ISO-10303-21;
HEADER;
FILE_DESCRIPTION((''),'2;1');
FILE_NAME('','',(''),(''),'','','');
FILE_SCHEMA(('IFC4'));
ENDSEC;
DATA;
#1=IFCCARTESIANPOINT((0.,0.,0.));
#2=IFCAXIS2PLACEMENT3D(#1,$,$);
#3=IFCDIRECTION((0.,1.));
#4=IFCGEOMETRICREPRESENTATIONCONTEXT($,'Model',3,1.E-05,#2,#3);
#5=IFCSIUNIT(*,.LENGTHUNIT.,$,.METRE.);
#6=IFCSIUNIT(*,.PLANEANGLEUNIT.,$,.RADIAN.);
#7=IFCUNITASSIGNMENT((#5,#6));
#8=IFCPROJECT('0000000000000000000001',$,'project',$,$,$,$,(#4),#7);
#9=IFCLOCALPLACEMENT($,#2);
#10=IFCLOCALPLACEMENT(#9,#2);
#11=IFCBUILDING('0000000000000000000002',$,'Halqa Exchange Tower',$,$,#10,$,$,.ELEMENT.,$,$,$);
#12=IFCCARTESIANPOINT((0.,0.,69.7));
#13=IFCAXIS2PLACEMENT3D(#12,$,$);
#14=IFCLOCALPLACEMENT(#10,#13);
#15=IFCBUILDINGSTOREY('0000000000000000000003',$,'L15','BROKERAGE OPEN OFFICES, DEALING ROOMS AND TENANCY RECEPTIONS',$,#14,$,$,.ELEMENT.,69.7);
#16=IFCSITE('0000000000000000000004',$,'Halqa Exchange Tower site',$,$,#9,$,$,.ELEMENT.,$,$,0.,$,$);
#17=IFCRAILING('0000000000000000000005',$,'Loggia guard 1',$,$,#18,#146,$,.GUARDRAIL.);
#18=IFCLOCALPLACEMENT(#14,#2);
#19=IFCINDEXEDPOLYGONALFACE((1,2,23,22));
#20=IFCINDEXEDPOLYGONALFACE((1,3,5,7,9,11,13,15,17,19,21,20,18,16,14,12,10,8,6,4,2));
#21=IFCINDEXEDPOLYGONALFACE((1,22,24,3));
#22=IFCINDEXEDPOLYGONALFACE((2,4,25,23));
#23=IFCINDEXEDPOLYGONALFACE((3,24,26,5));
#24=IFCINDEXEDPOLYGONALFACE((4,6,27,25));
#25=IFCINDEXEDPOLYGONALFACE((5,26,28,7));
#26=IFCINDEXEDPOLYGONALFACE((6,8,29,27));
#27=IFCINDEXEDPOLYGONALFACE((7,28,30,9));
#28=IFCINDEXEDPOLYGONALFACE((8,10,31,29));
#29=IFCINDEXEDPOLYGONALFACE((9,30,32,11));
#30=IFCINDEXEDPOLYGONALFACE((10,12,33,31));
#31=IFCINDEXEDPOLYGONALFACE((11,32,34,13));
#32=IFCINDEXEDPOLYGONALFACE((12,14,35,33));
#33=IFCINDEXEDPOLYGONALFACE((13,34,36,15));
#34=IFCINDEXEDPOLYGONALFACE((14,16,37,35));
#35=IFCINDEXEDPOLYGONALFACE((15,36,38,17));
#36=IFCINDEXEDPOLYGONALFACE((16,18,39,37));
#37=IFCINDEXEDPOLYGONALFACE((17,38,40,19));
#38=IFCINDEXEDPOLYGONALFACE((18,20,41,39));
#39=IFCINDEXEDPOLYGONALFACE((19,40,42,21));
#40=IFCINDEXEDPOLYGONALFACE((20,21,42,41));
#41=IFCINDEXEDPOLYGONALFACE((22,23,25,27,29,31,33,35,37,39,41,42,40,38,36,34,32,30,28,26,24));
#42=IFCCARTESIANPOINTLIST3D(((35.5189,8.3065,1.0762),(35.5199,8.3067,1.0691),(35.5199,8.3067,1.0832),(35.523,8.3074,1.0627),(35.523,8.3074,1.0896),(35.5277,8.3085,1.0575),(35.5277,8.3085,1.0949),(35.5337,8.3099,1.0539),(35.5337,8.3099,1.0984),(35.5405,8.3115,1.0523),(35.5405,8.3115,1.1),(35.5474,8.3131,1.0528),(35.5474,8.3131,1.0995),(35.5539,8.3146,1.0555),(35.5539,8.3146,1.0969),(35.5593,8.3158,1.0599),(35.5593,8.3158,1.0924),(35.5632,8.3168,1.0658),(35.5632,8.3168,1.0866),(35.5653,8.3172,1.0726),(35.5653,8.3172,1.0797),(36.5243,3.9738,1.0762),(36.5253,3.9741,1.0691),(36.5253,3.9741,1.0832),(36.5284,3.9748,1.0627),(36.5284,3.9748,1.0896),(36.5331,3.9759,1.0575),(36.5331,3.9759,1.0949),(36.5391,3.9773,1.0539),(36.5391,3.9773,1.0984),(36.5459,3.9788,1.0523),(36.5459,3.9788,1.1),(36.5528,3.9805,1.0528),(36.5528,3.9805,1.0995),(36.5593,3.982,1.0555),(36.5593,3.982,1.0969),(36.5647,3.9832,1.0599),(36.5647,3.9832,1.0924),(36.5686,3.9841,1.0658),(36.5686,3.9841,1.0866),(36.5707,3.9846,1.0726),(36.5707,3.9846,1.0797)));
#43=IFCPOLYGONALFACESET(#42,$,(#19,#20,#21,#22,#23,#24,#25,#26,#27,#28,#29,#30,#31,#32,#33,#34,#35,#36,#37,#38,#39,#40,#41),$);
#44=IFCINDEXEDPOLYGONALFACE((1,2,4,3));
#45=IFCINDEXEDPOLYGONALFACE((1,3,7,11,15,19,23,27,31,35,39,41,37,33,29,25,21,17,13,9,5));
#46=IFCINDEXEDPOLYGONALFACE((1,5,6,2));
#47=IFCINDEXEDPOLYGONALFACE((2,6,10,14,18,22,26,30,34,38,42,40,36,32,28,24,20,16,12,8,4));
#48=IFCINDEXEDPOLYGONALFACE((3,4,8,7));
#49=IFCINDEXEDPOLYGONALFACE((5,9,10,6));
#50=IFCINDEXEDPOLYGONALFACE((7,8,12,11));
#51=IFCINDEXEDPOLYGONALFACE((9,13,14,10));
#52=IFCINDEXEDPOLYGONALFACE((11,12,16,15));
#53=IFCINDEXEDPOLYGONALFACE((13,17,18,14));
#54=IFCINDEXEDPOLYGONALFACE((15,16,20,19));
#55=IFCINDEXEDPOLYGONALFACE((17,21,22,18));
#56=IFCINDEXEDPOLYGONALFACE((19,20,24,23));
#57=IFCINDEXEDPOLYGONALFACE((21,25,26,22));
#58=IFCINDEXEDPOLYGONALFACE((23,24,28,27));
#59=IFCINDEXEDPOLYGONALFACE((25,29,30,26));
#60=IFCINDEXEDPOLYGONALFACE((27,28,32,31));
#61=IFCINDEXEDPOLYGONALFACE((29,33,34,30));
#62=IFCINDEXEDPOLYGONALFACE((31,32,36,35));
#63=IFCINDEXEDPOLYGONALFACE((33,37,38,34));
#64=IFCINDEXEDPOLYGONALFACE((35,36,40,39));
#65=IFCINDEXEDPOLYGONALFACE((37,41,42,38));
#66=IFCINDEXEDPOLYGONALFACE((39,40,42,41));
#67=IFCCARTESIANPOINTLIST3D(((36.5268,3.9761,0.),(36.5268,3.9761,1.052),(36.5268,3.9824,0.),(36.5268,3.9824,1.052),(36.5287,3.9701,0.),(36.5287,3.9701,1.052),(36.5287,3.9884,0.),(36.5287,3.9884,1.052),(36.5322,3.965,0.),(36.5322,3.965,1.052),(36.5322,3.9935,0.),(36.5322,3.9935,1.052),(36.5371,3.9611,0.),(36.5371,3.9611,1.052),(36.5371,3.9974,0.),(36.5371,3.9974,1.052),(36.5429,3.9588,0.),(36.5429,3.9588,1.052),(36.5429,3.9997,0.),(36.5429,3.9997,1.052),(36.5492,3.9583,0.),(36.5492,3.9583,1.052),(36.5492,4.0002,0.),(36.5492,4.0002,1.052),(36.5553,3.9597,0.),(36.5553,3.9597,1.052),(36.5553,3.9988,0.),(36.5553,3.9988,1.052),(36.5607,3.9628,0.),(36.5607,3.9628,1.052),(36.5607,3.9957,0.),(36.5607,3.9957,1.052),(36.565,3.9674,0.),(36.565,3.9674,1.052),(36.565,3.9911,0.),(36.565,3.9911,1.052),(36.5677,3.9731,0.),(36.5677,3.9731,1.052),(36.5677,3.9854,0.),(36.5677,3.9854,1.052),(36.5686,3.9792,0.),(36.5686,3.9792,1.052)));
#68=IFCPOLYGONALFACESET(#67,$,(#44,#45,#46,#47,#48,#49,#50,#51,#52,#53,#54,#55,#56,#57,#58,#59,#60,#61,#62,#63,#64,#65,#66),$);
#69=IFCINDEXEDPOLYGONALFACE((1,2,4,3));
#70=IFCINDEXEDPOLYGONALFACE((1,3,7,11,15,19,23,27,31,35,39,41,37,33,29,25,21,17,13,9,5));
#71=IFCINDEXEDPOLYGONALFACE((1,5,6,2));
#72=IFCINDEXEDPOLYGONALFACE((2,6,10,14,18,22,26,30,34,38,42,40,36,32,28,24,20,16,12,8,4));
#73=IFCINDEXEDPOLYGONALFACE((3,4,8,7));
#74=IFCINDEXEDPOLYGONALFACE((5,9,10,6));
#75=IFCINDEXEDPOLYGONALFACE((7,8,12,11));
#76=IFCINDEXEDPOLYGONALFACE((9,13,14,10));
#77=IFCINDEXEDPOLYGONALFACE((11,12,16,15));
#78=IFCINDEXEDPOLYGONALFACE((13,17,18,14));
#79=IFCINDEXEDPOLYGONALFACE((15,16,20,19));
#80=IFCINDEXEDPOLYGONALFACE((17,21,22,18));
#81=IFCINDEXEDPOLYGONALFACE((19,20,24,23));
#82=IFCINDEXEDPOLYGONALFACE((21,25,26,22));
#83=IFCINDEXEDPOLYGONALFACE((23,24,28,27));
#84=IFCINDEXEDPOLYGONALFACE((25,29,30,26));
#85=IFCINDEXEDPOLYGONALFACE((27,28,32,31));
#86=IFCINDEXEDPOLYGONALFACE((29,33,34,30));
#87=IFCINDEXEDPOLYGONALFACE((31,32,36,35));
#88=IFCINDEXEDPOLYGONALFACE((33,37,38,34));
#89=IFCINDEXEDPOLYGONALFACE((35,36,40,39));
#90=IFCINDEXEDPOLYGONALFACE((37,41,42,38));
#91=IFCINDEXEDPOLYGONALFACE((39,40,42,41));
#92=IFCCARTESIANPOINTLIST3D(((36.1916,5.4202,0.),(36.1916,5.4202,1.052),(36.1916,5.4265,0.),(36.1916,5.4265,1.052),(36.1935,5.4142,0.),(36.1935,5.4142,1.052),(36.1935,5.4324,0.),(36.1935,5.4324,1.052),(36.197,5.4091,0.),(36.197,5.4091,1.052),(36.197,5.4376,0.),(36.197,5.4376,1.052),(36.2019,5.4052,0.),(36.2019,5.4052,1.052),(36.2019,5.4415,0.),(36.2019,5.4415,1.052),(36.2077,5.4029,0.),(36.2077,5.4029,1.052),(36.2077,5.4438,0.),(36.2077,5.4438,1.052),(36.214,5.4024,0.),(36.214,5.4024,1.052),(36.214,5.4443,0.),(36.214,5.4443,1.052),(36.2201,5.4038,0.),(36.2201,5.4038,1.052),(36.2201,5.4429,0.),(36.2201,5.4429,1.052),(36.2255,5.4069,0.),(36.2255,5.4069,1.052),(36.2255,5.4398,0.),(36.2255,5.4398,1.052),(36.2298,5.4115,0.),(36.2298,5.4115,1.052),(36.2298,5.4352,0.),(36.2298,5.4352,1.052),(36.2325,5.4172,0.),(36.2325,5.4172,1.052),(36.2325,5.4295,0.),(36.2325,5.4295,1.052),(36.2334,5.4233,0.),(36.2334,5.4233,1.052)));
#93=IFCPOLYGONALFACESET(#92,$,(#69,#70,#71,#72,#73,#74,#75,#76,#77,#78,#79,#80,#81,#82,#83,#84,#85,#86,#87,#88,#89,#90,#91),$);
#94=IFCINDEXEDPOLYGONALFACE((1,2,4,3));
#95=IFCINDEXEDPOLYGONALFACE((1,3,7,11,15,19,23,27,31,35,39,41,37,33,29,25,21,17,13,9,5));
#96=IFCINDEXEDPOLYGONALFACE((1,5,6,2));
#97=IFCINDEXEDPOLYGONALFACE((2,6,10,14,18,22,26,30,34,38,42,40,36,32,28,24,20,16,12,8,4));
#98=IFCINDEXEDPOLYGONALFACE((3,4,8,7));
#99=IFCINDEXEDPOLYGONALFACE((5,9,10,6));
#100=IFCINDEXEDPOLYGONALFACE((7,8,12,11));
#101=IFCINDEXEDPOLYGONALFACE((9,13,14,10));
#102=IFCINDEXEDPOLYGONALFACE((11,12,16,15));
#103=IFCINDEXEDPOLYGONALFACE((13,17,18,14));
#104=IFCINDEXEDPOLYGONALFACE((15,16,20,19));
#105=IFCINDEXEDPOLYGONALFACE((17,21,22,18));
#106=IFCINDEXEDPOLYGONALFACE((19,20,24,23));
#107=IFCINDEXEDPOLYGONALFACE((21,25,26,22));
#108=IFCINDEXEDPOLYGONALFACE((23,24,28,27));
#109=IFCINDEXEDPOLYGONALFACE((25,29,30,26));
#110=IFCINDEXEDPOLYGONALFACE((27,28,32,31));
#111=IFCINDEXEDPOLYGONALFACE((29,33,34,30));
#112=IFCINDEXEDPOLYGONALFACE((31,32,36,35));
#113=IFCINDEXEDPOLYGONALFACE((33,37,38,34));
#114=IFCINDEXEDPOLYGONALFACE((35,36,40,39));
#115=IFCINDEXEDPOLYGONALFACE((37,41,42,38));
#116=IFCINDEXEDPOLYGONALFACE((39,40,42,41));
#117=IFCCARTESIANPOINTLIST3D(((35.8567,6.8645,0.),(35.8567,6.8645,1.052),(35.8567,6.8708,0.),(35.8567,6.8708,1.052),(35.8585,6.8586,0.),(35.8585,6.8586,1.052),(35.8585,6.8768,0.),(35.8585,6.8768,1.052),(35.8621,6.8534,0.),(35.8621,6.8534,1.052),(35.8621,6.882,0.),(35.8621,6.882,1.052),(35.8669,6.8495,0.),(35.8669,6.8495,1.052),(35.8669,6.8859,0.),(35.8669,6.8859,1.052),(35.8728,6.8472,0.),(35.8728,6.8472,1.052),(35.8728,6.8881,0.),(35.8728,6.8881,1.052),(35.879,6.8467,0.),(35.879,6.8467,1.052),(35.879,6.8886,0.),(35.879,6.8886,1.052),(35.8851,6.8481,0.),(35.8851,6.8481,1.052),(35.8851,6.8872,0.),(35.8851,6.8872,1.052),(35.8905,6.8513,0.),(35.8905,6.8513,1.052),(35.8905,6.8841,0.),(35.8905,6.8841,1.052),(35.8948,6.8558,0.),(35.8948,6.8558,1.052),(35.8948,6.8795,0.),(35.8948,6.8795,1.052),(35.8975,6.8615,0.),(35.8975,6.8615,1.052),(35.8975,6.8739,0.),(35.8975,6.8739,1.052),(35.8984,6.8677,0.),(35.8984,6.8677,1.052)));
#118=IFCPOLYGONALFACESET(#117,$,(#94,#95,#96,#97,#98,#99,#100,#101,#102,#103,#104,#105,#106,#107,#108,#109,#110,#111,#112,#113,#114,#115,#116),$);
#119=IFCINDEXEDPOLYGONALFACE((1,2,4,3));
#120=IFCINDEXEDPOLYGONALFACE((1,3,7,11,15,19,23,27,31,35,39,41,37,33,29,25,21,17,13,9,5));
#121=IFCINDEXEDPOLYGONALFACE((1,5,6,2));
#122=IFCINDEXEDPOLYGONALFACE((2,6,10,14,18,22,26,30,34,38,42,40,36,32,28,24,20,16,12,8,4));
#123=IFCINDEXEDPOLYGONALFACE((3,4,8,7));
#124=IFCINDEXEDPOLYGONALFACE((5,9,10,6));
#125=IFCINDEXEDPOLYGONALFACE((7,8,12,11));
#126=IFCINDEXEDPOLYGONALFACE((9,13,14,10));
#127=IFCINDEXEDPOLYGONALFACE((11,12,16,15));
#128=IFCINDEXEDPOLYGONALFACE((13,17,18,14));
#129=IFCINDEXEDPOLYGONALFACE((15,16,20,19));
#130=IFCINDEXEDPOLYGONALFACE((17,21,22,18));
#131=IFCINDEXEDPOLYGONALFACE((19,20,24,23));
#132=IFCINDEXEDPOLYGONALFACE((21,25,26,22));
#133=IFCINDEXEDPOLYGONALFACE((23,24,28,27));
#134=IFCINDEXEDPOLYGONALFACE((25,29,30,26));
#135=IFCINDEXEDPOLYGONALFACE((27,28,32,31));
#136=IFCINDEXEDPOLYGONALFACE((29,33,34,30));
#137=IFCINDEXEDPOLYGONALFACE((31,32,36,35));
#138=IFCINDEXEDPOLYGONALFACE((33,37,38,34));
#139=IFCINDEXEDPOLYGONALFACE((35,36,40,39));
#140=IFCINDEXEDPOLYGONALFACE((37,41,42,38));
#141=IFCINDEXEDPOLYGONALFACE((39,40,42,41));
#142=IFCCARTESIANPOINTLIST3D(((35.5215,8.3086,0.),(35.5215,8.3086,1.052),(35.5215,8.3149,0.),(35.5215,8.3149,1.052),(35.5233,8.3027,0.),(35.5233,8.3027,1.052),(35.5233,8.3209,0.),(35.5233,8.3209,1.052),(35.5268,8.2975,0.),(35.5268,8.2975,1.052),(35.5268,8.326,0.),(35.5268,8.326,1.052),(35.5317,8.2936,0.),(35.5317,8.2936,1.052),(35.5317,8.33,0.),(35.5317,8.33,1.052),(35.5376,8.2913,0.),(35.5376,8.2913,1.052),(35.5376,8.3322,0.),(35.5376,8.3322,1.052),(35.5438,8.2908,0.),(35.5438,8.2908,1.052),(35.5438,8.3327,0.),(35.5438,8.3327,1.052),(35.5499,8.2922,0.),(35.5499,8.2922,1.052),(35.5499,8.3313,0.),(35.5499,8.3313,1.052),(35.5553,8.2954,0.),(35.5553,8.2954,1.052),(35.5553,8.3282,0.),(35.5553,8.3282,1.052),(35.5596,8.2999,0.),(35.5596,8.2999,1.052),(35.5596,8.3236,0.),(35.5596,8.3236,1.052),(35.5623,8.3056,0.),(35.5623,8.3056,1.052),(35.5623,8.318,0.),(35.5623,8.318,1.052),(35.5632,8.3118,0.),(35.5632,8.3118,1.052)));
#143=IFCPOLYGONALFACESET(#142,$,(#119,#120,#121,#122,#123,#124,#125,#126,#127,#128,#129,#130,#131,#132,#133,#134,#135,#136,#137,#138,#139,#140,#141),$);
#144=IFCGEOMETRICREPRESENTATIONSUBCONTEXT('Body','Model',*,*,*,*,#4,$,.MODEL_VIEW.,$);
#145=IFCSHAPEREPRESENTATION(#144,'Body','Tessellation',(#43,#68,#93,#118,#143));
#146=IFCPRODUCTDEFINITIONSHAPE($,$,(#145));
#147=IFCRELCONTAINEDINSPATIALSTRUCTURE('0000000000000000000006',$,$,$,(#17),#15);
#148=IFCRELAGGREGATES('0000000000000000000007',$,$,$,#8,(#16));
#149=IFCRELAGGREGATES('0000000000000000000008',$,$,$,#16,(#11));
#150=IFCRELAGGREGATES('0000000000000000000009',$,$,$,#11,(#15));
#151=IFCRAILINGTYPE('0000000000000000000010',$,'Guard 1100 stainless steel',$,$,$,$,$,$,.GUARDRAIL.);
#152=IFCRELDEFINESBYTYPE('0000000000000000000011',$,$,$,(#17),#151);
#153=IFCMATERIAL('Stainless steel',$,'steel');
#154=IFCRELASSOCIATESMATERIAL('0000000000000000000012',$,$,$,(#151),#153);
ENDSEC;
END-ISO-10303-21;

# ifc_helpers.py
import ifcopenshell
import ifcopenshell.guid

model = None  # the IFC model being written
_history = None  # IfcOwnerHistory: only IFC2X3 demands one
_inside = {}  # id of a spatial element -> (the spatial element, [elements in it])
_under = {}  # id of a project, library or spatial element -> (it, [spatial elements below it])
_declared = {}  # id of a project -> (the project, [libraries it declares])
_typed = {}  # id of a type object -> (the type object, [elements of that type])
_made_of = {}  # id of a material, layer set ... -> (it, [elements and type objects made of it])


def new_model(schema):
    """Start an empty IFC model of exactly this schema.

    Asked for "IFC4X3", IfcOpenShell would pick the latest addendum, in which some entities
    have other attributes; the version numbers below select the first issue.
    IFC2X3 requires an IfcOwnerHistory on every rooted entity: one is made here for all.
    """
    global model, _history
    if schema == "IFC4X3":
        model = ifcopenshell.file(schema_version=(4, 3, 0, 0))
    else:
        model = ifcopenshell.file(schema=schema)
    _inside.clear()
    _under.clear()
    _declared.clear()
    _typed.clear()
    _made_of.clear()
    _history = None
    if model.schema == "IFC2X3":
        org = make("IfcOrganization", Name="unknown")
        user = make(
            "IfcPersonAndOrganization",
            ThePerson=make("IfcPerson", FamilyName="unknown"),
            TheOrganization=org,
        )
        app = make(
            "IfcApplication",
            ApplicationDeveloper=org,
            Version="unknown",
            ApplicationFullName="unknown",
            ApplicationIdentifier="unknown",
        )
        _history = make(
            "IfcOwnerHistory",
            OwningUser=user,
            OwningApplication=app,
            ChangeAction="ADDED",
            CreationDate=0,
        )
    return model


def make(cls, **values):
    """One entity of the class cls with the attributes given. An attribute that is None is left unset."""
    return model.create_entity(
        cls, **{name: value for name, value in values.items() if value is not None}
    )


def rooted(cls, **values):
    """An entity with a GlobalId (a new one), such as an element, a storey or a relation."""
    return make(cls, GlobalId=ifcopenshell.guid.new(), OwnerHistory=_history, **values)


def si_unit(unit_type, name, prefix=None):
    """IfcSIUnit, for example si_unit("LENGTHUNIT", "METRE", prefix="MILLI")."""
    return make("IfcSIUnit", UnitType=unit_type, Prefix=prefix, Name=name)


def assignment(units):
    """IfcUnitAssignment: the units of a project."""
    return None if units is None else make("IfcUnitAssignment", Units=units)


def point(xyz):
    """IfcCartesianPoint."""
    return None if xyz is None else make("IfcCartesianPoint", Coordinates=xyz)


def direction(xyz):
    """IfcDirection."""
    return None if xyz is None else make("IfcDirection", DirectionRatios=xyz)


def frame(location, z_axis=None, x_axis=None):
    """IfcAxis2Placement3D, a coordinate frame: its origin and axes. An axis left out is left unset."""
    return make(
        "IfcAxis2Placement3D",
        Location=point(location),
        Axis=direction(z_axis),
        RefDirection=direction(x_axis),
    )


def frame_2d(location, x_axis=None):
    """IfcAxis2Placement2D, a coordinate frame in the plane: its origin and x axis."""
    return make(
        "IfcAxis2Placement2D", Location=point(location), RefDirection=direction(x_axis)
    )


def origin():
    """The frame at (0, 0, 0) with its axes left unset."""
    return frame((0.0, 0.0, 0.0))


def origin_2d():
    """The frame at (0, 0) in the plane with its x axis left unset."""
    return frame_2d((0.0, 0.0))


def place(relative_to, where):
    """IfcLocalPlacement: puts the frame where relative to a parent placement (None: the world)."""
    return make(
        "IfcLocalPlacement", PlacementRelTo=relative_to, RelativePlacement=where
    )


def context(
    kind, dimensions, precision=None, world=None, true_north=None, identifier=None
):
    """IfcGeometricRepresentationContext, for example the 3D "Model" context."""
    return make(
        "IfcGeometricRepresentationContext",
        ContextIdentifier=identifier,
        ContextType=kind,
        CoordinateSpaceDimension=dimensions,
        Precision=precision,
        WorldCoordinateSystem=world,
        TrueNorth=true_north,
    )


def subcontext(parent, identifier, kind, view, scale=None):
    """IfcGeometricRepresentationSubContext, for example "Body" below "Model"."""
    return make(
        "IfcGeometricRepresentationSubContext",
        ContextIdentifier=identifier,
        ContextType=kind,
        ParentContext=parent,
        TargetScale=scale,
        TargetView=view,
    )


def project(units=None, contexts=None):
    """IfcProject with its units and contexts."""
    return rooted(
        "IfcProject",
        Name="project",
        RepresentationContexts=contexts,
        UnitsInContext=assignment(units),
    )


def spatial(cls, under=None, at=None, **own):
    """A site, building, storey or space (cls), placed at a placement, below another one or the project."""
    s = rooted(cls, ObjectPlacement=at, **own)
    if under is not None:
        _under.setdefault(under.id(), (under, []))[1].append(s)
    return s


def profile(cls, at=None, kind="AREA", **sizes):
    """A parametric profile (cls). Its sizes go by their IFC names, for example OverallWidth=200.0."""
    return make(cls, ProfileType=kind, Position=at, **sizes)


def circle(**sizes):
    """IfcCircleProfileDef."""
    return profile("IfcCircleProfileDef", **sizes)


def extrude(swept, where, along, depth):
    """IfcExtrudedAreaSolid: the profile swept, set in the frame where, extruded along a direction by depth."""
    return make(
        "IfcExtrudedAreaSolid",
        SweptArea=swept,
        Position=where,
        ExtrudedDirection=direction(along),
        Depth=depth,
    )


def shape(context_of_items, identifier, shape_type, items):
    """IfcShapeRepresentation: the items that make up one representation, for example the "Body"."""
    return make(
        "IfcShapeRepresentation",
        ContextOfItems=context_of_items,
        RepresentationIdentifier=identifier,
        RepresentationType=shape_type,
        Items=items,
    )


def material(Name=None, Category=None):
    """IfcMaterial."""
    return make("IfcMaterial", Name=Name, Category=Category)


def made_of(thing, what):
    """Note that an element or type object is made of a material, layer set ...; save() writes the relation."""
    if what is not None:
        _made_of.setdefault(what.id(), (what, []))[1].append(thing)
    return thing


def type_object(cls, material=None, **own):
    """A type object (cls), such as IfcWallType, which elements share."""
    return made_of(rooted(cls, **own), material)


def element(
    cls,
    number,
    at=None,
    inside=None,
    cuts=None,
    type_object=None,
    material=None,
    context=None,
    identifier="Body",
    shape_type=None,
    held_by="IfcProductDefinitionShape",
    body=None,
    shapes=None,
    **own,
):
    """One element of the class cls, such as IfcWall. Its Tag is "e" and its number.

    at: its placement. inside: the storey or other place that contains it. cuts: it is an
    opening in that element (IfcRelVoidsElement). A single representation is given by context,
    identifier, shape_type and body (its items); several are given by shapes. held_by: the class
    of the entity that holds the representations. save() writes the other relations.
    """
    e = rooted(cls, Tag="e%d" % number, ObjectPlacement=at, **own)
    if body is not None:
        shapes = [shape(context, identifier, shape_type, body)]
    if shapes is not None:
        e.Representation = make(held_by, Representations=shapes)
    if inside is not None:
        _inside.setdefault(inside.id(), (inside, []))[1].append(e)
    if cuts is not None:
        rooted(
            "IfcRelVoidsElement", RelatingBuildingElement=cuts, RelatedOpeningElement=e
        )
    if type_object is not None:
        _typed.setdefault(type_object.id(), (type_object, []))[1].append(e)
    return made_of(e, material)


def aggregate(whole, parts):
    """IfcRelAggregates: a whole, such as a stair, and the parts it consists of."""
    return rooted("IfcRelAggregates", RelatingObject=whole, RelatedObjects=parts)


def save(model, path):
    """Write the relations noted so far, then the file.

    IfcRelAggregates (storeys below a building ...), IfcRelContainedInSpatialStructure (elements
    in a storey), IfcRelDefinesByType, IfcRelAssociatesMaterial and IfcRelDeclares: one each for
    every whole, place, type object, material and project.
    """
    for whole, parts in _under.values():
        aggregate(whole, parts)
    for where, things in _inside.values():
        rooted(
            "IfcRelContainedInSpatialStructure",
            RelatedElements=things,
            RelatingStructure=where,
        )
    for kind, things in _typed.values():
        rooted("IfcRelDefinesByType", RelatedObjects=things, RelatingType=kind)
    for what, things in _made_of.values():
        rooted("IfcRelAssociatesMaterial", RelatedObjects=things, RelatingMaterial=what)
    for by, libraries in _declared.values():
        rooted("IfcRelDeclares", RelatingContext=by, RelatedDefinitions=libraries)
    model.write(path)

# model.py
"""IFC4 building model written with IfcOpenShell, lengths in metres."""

from ifc_helpers import new_model, si_unit, direction, frame, origin, origin_2d, place, context, subcontext, project, spatial, circle, extrude, material, type_object, element, save


model = new_model("IFC4")

# Units and contexts
model_context = context("Model", 3, precision=1e-05, world=origin(), true_north=direction((0.0, 1.0)))
body_context = subcontext(model_context, "Body", "Model", "MODEL_VIEW")
ifc_project = project(units=[si_unit("LENGTHUNIT", "METRE"), si_unit("PLANEANGLEUNIT", "RADIAN")], contexts=[model_context])

# Site, building, storey
site_placement = place(None, origin())
site = spatial("IfcSite", under=ifc_project, at=site_placement, Name="Halqa Exchange Tower site", CompositionType="ELEMENT", RefElevation=0.0)
building_placement = place(site_placement, origin())
building = spatial("IfcBuilding", under=site, at=building_placement, Name="Halqa Exchange Tower", CompositionType="ELEMENT")
storey_placement = place(building_placement, frame((0.0, 0.0, 69.7)))
storey = spatial("IfcBuildingStorey", under=building, at=storey_placement, Name="L15", Description="BROKERAGE OPEN OFFICES, DEALING ROOMS AND TENANCY RECEPTIONS", CompositionType="ELEMENT", Elevation=69.7)

# Railing
ifc_material_1 = material(Name="Stainless steel", Category="steel")
railing_type = type_object("IfcRailingType", Name="Guard 1100 stainless steel", PredefinedType="GUARDRAIL", material=ifc_material_1)
railing_1_placement = place(storey_placement, frame((36.5476, 3.9792, 0.0)))
element("IfcRailing", 1, at=railing_1_placement, inside=storey, type_object=railing_type, Name="Loggia guard 1", PredefinedType="GUARDRAIL", context=body_context, shape_type="SweptSolid", body=[
    extrude(circle(Radius=0.0239, at=origin_2d()), frame((0.0, 0.0, 1.0762), z_axis=(-0.226046, 0.974117, 0.0), x_axis=(-0.974117, -0.226046, 0.0)), (0.0, 0.0, 1.0), 4.4478),
    extrude(circle(Radius=0.021, at=origin_2d()), origin(), (0.0, 0.0, 1.0), 1.052),
    extrude(circle(Radius=0.021, at=origin_2d()), frame((-0.3352, 1.4441, 0.0)), (0.0, 0.0, 1.0), 1.052),
    extrude(circle(Radius=0.021, at=origin_2d()), frame((-0.6702, 2.8884, 0.0)), (0.0, 0.0, 1.0), 1.052),
    extrude(circle(Radius=0.021, at=origin_2d()), frame((-1.0054, 4.3325, 0.0)), (0.0, 0.0, 1.0), 1.052),
])

save(model, "model.ifc")
